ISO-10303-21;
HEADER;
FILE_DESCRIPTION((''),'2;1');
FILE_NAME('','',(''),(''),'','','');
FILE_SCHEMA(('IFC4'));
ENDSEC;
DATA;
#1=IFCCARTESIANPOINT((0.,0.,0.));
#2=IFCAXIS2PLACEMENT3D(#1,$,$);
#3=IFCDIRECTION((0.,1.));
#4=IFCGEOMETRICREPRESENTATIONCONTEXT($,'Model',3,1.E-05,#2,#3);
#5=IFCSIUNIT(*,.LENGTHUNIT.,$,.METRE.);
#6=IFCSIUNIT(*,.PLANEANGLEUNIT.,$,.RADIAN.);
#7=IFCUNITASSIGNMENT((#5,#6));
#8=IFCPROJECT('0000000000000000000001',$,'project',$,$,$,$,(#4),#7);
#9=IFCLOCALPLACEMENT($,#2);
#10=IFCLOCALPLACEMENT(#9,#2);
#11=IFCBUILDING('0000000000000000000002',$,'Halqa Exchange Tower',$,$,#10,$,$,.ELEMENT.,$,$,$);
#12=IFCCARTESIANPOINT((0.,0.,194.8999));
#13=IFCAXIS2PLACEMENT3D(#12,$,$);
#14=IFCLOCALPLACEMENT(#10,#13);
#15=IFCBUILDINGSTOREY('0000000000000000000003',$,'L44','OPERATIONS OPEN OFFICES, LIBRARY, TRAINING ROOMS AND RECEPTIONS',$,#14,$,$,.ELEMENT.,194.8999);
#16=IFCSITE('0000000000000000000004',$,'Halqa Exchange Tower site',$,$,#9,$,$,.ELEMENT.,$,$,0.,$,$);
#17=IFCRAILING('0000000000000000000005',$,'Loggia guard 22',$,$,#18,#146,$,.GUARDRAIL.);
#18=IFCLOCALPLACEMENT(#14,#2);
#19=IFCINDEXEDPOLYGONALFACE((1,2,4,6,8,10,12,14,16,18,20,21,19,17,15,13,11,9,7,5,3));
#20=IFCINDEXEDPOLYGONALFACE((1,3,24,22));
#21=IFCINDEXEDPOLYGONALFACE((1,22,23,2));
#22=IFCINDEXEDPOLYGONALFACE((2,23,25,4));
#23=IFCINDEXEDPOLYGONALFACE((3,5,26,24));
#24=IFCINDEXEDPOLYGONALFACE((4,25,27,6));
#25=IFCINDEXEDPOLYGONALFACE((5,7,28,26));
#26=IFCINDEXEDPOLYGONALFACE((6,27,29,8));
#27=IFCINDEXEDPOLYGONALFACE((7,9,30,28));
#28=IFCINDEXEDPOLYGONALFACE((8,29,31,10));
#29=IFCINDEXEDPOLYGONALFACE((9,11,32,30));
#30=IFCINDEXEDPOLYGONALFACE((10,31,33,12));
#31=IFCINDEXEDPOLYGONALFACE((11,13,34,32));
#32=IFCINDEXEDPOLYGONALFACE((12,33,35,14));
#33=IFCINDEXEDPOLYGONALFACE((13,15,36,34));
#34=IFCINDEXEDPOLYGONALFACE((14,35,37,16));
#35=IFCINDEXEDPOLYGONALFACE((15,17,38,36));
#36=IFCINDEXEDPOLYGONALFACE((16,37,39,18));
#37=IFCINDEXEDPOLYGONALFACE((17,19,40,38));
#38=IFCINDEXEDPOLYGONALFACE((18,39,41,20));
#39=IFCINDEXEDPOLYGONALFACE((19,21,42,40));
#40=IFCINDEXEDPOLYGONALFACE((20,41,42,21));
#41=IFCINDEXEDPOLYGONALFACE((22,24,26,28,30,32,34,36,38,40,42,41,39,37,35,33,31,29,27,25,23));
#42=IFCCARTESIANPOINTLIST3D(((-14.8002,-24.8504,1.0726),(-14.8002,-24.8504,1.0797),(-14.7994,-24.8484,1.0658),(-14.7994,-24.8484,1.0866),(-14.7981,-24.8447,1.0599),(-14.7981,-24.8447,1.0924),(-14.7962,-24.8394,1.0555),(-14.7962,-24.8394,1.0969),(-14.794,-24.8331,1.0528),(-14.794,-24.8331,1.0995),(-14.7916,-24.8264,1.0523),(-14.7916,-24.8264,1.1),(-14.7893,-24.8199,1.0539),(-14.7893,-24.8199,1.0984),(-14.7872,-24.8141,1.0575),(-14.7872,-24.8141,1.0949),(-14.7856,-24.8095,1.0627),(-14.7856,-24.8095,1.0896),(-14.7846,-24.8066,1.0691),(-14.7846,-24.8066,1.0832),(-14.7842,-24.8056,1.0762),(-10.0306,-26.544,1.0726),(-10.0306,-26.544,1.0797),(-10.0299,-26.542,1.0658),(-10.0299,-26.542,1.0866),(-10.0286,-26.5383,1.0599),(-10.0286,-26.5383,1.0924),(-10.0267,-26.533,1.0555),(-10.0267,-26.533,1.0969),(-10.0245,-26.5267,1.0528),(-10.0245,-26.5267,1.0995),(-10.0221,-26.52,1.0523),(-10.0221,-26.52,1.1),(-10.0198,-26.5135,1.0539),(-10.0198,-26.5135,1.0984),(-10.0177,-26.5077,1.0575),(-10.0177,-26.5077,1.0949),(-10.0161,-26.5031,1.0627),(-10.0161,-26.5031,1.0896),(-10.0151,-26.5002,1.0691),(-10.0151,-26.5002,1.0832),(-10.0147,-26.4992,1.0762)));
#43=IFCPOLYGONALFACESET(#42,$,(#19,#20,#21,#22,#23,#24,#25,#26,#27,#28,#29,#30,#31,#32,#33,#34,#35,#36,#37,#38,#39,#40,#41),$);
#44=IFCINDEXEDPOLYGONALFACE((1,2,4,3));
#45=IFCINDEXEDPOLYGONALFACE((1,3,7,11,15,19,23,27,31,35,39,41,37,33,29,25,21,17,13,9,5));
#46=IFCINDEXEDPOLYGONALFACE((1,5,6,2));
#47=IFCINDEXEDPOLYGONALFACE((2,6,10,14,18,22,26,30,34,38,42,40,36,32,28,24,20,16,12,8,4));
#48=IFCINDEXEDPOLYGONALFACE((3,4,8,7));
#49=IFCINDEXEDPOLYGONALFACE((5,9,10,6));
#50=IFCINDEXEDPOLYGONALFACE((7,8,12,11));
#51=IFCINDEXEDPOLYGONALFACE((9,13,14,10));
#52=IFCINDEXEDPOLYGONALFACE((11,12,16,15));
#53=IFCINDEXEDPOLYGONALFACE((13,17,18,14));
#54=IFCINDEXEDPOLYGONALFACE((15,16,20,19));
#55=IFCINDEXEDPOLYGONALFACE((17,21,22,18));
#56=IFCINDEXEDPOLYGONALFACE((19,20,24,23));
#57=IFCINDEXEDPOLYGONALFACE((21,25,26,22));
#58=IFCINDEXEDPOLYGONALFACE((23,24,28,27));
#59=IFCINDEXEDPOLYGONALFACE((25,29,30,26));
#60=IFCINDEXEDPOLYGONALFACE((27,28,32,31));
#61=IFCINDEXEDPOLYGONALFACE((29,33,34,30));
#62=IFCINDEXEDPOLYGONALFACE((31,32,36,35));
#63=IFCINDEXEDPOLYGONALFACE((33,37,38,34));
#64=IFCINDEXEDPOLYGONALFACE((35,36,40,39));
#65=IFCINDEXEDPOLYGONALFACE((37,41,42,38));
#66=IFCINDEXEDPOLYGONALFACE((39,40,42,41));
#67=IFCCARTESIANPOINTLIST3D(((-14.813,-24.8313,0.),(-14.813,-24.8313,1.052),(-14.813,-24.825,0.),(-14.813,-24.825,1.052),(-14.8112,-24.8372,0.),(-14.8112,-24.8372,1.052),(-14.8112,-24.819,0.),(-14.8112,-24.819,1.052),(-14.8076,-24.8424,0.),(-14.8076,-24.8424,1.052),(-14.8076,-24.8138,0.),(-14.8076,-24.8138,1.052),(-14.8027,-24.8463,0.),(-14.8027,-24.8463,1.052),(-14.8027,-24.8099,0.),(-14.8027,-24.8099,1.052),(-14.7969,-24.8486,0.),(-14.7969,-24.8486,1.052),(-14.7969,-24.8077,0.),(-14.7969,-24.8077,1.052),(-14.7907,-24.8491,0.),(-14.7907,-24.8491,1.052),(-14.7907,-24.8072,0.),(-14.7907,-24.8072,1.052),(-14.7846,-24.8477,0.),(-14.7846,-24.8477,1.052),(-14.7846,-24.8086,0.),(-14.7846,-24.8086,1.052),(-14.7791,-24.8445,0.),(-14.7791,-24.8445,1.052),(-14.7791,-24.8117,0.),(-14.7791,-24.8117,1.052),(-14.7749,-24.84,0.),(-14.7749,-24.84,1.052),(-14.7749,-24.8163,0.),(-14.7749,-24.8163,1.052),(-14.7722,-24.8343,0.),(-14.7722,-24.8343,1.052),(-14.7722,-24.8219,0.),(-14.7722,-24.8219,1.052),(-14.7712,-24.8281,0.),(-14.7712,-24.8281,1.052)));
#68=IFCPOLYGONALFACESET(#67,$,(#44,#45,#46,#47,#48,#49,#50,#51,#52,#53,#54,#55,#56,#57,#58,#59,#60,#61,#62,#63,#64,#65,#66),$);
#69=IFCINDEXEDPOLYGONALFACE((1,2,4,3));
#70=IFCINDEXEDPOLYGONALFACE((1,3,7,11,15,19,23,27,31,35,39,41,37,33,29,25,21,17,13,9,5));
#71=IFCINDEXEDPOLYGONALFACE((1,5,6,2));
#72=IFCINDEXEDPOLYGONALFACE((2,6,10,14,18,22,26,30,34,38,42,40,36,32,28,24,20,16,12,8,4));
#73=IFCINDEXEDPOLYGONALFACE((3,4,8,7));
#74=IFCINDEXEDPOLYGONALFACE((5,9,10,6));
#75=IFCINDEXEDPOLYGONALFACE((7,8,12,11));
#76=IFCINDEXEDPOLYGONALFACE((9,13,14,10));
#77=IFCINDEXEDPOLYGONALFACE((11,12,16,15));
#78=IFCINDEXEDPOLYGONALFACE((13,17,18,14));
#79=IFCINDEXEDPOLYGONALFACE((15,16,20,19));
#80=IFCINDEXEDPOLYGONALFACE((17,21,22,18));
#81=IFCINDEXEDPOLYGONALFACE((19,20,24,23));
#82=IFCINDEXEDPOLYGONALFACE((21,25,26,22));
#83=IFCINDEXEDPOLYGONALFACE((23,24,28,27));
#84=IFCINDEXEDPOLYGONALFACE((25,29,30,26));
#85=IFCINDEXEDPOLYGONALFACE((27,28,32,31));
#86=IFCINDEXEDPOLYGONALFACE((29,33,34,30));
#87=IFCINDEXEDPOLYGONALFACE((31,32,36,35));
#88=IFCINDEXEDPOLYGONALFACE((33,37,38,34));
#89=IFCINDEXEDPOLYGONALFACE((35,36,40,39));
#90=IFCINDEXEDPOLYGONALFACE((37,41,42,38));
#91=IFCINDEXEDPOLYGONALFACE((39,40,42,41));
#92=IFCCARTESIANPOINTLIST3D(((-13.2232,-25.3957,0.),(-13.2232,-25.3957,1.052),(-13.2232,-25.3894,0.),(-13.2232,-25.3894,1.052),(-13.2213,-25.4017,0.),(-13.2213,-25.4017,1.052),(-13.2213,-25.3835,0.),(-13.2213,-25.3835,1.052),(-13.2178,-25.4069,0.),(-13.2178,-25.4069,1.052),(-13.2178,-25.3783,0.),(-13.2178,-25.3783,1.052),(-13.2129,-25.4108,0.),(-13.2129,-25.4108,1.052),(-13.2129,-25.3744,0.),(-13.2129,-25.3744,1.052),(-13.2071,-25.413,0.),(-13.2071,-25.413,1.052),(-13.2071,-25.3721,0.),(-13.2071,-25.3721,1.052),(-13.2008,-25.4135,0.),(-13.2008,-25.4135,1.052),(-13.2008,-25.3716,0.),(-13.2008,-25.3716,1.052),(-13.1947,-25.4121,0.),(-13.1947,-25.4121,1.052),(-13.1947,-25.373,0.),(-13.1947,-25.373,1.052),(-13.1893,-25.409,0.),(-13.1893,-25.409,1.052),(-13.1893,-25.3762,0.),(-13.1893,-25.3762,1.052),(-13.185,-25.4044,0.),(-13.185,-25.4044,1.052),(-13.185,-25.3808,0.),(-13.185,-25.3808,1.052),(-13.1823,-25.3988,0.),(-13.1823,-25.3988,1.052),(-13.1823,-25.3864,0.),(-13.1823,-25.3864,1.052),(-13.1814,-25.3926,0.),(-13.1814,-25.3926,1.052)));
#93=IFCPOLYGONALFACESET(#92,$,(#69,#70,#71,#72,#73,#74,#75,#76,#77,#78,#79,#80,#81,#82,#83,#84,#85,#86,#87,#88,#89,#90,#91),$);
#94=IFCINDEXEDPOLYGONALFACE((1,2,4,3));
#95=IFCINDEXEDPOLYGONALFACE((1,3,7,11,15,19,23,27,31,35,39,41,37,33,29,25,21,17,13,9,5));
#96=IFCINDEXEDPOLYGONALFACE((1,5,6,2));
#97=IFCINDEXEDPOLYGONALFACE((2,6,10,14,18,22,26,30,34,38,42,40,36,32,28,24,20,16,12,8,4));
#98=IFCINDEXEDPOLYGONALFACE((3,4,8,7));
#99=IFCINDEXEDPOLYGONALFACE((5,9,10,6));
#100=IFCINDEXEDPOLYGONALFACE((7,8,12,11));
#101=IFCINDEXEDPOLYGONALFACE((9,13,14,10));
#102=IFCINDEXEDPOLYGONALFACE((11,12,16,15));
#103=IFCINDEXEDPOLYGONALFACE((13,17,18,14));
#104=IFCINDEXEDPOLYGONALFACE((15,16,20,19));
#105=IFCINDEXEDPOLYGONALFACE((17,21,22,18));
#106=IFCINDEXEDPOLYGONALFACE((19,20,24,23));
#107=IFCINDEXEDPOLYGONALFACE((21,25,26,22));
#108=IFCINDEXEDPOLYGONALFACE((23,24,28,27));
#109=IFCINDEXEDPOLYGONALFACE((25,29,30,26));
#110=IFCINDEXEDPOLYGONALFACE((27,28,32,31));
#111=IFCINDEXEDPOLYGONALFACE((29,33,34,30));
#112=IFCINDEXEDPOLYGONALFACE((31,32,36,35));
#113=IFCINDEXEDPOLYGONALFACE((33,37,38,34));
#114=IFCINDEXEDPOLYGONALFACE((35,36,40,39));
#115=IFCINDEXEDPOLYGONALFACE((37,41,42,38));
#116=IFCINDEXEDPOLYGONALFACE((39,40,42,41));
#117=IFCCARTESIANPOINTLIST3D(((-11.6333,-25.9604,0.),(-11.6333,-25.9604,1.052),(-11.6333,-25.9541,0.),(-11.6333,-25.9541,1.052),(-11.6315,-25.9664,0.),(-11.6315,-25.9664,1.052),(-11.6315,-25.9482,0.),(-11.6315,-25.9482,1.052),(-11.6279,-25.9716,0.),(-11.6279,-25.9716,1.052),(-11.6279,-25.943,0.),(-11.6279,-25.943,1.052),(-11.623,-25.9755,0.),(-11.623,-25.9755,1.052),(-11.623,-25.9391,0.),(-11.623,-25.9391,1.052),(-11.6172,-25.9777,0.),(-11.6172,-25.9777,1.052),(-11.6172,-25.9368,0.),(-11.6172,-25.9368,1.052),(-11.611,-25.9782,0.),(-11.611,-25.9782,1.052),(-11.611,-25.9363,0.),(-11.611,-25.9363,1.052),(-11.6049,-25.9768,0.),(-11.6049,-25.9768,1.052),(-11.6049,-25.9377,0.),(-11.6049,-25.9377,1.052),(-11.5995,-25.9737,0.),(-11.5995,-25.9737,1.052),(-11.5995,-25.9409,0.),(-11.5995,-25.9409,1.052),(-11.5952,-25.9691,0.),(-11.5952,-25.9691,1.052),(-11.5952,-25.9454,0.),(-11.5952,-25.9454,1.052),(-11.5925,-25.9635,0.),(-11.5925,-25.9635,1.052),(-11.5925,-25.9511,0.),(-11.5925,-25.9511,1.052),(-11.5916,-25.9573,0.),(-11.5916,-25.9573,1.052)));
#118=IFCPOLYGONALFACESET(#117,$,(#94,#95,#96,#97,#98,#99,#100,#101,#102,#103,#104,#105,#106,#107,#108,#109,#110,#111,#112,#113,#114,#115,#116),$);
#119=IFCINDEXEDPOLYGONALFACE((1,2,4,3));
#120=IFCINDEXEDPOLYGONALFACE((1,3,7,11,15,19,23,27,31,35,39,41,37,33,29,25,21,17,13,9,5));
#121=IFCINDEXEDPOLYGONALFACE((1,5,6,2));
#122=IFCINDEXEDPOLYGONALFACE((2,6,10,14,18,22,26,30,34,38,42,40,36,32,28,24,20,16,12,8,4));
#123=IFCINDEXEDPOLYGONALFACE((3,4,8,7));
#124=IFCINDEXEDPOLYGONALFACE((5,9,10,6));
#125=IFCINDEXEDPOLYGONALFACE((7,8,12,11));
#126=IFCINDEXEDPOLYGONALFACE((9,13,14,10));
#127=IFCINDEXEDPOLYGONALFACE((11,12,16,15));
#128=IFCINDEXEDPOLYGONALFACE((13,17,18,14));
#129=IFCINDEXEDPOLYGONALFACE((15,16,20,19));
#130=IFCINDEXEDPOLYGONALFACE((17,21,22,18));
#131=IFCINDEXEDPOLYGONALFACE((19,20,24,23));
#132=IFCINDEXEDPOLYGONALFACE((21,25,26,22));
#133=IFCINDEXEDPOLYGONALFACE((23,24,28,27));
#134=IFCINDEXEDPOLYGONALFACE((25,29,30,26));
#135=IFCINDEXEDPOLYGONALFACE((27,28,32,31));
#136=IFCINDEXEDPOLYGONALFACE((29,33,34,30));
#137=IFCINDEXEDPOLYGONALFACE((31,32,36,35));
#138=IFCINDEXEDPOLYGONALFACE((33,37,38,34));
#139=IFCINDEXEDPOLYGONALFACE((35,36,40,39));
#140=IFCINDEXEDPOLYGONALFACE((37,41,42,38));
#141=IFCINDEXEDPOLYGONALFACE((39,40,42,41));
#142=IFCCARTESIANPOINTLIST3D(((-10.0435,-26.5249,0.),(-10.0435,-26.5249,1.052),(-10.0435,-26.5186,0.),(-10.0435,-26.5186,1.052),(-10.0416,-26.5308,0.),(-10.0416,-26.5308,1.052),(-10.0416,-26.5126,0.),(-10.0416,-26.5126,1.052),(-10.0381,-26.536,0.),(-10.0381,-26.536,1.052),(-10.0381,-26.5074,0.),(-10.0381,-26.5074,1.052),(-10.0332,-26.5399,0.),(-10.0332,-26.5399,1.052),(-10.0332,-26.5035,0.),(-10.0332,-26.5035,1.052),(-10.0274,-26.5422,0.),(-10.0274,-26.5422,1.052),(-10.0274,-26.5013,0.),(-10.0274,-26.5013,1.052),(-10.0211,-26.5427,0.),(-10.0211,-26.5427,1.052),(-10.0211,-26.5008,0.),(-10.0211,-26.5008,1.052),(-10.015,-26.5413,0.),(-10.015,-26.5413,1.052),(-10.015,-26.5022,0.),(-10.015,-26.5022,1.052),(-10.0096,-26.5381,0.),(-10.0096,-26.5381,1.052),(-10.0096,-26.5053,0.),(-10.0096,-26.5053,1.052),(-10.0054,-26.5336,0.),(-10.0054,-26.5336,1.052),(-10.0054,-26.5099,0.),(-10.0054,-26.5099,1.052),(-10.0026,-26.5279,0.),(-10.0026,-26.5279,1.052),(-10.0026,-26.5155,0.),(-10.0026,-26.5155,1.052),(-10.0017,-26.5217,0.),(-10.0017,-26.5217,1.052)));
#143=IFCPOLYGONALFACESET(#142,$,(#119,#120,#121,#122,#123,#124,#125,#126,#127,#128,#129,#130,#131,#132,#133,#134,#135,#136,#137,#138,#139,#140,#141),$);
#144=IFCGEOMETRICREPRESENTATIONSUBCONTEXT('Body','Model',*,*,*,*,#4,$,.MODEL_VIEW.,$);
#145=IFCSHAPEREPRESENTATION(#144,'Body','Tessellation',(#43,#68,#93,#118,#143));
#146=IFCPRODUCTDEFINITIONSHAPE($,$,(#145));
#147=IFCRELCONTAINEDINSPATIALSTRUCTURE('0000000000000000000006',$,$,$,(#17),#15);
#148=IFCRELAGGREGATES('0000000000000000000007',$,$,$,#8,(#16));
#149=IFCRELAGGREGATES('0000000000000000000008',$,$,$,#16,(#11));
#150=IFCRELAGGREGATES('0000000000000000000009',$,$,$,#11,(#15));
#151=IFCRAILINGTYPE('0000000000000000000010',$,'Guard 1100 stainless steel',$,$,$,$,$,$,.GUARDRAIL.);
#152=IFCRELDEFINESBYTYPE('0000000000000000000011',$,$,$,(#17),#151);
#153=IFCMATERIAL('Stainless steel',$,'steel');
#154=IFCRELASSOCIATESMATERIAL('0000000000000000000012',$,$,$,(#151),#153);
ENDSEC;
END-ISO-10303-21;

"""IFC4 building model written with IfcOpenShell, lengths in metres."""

from ifc_helpers import new_model, si_unit, direction, frame, origin, origin_2d, place, context, subcontext, project, spatial, circle, extrude, material, type_object, element, save


model = new_model("IFC4")

# Units and contexts
model_context = context("Model", 3, precision=1e-05, world=origin(), true_north=direction((0.0, 1.0)))
body_context = subcontext(model_context, "Body", "Model", "MODEL_VIEW")
ifc_project = project(units=[si_unit("LENGTHUNIT", "METRE"), si_unit("PLANEANGLEUNIT", "RADIAN")], contexts=[model_context])

# Site, building, storey
site_placement = place(None, origin())
site = spatial("IfcSite", under=ifc_project, at=site_placement, Name="Halqa Exchange Tower site", CompositionType="ELEMENT", RefElevation=0.0)
building_placement = place(site_placement, origin())
building = spatial("IfcBuilding", under=site, at=building_placement, Name="Halqa Exchange Tower", CompositionType="ELEMENT")
storey_placement = place(building_placement, frame((0.0, 0.0, 194.8999)))
storey = spatial("IfcBuildingStorey", under=building, at=storey_placement, Name="L44", Description="OPERATIONS OPEN OFFICES, LIBRARY, TRAINING ROOMS AND RECEPTIONS", CompositionType="ELEMENT", Elevation=194.8999)

# Railing
ifc_material_1 = material(Name="Stainless steel", Category="steel")
railing_type = type_object("IfcRailingType", Name="Guard 1100 stainless steel", PredefinedType="GUARDRAIL", material=ifc_material_1)
railing_1_placement = place(storey_placement, frame((-14.7922, -24.8281, 0.0)))
element("IfcRailing", 1, at=railing_1_placement, inside=storey, type_object=railing_type, Name="Loggia guard 22", PredefinedType="GUARDRAIL", context=body_context, shape_type="SweptSolid", body=[
    extrude(circle(Radius=0.0239, at=origin_2d()), frame((0.0, 0.0, 1.0762), z_axis=(0.942354, -0.334619, 0.0), x_axis=(0.334619, 0.942354, 0.0)), (0.0, 0.0, 1.0), 5.0613),
    extrude(circle(Radius=0.021, at=origin_2d()), origin(), (0.0, 0.0, 1.0), 1.052),
    extrude(circle(Radius=0.021, at=origin_2d()), frame((1.5898, -0.5645, 0.0)), (0.0, 0.0, 1.0), 1.052),
    extrude(circle(Radius=0.021, at=origin_2d()), frame((3.1797, -1.1292, 0.0)), (0.0, 0.0, 1.0), 1.052),
    extrude(circle(Radius=0.021, at=origin_2d()), frame((4.7695, -1.6936, 0.0)), (0.0, 0.0, 1.0), 1.052),
])

save(model, "model.ifc")
